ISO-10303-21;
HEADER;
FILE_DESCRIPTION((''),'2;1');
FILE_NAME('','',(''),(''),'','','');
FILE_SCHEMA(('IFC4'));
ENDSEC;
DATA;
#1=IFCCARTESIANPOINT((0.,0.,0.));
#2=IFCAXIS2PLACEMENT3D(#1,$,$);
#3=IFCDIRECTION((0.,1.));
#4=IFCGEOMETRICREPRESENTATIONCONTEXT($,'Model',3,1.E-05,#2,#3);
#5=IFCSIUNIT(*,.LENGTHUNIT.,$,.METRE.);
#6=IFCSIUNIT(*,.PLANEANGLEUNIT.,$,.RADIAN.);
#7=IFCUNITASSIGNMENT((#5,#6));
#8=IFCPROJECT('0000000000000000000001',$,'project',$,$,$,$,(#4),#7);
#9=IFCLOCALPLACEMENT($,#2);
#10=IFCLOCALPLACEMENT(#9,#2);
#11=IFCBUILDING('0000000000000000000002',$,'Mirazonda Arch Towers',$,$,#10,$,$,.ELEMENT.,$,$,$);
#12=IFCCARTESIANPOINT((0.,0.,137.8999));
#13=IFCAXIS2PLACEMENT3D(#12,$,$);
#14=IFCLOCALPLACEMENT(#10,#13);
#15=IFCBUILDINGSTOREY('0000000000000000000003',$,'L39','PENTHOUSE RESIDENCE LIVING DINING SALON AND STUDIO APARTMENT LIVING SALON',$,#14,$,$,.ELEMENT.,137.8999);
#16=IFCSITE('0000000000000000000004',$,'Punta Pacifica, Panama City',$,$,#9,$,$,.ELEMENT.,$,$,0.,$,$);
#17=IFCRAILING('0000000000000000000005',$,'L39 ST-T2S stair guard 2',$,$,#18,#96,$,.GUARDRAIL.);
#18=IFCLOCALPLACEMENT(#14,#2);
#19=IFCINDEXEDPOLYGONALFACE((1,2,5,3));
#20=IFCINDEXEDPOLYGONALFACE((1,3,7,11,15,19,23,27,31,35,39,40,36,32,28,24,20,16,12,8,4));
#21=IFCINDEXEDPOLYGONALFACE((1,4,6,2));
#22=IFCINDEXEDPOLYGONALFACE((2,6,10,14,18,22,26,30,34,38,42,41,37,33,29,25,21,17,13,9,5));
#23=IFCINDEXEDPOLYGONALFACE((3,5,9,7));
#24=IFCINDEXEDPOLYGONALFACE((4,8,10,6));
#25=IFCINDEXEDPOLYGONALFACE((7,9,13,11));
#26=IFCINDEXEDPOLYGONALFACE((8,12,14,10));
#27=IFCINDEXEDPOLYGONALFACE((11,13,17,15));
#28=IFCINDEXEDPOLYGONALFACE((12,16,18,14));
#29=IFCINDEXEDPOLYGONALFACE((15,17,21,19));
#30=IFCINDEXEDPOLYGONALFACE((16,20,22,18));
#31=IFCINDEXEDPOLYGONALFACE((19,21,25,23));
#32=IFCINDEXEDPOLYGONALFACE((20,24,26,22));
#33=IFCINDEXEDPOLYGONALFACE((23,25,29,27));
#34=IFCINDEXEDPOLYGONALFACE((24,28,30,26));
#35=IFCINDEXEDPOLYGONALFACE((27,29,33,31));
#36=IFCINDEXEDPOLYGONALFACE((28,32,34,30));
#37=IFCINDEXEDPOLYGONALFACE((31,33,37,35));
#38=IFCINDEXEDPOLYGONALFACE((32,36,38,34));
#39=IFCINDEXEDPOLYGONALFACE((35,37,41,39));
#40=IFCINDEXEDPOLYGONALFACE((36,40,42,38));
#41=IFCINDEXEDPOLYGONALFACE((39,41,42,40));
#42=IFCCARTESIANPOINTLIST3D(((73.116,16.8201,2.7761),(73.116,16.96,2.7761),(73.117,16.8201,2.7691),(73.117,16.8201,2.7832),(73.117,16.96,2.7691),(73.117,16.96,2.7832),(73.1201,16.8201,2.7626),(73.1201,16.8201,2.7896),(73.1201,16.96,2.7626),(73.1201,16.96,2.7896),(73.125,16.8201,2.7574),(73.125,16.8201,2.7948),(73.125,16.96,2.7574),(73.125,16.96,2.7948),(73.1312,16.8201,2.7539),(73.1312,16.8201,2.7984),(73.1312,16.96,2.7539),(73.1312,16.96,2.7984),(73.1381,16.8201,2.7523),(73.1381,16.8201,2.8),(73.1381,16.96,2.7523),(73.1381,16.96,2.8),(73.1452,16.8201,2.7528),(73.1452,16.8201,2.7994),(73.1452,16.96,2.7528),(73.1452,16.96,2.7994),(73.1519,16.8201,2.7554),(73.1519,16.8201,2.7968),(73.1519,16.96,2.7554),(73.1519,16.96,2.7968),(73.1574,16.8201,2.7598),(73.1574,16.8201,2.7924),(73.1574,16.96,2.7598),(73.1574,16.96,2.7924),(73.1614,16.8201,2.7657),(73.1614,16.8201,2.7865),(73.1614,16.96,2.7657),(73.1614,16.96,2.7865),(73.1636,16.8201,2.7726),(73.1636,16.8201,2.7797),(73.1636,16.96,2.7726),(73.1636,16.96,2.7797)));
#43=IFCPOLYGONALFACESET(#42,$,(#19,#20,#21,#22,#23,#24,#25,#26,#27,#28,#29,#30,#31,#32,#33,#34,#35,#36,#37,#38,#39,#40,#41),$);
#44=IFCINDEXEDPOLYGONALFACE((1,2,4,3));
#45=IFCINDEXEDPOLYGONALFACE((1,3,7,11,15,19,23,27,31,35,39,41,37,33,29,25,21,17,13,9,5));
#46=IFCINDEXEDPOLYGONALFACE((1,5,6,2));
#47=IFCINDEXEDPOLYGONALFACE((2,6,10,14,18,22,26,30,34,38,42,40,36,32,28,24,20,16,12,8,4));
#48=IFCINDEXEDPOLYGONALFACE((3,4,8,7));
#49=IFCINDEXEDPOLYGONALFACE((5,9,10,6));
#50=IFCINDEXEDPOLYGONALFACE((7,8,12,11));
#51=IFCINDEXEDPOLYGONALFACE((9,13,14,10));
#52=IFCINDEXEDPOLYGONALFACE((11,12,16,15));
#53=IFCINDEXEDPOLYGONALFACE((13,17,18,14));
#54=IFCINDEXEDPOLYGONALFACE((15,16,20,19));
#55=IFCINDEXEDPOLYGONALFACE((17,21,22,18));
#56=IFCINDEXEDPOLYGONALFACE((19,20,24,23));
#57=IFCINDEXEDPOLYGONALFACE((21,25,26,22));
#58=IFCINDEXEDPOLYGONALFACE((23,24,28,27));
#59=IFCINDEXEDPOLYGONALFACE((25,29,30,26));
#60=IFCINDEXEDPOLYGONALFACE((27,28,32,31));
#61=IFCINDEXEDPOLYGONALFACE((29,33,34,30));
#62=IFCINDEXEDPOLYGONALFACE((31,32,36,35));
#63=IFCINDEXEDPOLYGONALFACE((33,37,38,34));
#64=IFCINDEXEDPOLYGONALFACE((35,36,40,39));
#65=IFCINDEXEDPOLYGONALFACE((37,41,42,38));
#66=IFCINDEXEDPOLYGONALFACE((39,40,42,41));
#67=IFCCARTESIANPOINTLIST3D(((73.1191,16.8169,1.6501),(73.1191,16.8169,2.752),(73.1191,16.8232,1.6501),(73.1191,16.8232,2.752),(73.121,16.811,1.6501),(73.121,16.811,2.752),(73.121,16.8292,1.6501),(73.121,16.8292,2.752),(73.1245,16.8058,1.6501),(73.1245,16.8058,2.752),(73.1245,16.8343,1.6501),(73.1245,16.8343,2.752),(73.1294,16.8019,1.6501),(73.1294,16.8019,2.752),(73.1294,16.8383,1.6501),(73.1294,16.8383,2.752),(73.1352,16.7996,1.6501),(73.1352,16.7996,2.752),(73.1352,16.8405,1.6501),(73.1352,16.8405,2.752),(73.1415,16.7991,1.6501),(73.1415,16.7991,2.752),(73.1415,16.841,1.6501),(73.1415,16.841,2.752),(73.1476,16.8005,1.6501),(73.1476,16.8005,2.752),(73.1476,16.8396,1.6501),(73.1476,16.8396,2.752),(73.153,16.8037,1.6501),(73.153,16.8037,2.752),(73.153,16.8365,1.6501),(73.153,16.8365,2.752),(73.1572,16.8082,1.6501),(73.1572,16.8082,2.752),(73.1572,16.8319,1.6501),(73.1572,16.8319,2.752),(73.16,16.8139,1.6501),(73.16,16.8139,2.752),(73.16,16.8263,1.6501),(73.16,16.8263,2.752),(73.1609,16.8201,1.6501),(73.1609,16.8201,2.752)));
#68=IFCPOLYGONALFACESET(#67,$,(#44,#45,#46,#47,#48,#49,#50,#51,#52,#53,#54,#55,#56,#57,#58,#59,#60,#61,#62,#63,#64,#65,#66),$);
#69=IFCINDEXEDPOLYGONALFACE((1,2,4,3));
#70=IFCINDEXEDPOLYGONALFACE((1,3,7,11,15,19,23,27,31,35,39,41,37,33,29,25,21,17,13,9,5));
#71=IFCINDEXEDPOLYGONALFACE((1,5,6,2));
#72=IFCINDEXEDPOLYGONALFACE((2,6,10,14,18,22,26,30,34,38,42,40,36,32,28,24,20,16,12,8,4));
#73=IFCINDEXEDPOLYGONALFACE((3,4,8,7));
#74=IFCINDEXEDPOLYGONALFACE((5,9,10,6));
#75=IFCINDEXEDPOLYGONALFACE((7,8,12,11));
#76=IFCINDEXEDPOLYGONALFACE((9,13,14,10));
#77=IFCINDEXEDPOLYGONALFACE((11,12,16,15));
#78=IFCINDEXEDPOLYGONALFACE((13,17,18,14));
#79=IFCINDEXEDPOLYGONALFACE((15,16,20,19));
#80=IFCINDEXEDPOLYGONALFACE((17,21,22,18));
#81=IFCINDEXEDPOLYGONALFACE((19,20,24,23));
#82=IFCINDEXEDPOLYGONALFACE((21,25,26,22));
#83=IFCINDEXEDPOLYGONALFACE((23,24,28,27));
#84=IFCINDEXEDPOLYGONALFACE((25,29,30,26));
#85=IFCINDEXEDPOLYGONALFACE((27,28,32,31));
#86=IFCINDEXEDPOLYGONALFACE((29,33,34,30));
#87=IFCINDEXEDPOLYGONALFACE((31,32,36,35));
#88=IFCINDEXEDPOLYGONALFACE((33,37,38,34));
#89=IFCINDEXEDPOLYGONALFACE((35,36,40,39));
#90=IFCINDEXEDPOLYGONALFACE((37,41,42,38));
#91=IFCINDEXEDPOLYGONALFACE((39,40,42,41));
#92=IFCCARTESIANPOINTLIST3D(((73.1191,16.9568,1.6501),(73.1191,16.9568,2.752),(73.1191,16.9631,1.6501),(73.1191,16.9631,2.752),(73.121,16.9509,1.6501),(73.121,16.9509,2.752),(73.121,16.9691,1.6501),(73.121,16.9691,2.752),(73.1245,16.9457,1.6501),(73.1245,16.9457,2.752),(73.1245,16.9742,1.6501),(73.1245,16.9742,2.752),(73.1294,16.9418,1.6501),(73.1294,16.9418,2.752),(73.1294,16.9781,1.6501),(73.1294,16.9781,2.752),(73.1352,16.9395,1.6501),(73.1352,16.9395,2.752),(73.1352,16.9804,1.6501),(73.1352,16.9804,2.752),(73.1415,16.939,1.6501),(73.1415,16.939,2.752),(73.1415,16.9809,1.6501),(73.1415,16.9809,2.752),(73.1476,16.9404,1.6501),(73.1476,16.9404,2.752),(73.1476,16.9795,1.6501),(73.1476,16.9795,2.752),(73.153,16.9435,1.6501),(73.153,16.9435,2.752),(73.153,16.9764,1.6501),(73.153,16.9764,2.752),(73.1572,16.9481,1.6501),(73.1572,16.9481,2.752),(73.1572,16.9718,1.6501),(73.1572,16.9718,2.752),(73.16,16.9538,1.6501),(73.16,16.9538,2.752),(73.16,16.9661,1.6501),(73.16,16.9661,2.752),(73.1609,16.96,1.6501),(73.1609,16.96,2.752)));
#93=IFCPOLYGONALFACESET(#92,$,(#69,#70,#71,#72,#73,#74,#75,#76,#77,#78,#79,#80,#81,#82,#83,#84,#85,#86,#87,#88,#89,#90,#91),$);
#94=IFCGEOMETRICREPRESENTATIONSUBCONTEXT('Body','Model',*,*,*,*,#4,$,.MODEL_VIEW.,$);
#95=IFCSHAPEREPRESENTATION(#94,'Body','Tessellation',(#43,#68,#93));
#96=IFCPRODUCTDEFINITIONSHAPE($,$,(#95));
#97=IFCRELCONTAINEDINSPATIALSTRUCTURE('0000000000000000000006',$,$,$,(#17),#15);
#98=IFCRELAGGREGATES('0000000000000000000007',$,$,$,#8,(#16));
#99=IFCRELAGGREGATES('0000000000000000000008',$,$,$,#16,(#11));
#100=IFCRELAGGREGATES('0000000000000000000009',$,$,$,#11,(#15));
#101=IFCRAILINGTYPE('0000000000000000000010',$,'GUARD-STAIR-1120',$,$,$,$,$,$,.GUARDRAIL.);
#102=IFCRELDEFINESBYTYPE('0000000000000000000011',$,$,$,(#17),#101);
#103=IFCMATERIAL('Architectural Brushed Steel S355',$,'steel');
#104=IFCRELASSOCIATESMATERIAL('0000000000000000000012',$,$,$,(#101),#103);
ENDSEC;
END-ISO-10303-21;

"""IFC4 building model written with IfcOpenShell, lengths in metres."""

from ifc_helpers import new_model, si_unit, direction, frame, origin, origin_2d, place, context, subcontext, project, spatial, circle, extrude, material, type_object, element, save


model = new_model("IFC4")

# Units and contexts
model_context = context("Model", 3, precision=1e-05, world=origin(), true_north=direction((0.0, 1.0)))
body_context = subcontext(model_context, "Body", "Model", "MODEL_VIEW")
ifc_project = project(units=[si_unit("LENGTHUNIT", "METRE"), si_unit("PLANEANGLEUNIT", "RADIAN")], contexts=[model_context])

# Site, building, storey
site_placement = place(None, origin())
site = spatial("IfcSite", under=ifc_project, at=site_placement, Name="Punta Pacifica, Panama City", CompositionType="ELEMENT", RefElevation=0.0)
building_placement = place(site_placement, origin())
building = spatial("IfcBuilding", under=site, at=building_placement, Name="Mirazonda Arch Towers", CompositionType="ELEMENT")
storey_placement = place(building_placement, frame((0.0, 0.0, 137.8999)))
storey = spatial("IfcBuildingStorey", under=building, at=storey_placement, Name="L39", Description="PENTHOUSE RESIDENCE LIVING DINING SALON AND STUDIO APARTMENT LIVING SALON", CompositionType="ELEMENT", Elevation=137.8999)

# Railing
ifc_material_1 = material(Name="Architectural Brushed Steel S355", Category="steel")
railing_type_1 = type_object("IfcRailingType", Name="GUARD-STAIR-1120", PredefinedType="GUARDRAIL", material=ifc_material_1)
railing_1_placement = place(storey_placement, frame((73.1399, 16.8201, 1.6501)))
element("IfcRailing", 1, at=railing_1_placement, inside=storey, type_object=railing_type_1, Name="L39 ST-T2S stair guard 2", PredefinedType="GUARDRAIL", context=body_context, shape_type="SweptSolid", body=[
    extrude(circle(Radius=0.0239, at=origin_2d()), frame((0.0, 0.0, 1.126), z_axis=(0.0, 1.0, 0.0), x_axis=(-1.0, 0.0, 0.0)), (0.0, 0.0, 1.0), 0.1399),
    extrude(circle(Radius=0.021, at=origin_2d()), origin(), (0.0, 0.0, 1.0), 1.1018),
    extrude(circle(Radius=0.021, at=origin_2d()), frame((0.0, 0.1399, 0.0)), (0.0, 0.0, 1.0), 1.1018),
])

save(model, "model.ifc")
